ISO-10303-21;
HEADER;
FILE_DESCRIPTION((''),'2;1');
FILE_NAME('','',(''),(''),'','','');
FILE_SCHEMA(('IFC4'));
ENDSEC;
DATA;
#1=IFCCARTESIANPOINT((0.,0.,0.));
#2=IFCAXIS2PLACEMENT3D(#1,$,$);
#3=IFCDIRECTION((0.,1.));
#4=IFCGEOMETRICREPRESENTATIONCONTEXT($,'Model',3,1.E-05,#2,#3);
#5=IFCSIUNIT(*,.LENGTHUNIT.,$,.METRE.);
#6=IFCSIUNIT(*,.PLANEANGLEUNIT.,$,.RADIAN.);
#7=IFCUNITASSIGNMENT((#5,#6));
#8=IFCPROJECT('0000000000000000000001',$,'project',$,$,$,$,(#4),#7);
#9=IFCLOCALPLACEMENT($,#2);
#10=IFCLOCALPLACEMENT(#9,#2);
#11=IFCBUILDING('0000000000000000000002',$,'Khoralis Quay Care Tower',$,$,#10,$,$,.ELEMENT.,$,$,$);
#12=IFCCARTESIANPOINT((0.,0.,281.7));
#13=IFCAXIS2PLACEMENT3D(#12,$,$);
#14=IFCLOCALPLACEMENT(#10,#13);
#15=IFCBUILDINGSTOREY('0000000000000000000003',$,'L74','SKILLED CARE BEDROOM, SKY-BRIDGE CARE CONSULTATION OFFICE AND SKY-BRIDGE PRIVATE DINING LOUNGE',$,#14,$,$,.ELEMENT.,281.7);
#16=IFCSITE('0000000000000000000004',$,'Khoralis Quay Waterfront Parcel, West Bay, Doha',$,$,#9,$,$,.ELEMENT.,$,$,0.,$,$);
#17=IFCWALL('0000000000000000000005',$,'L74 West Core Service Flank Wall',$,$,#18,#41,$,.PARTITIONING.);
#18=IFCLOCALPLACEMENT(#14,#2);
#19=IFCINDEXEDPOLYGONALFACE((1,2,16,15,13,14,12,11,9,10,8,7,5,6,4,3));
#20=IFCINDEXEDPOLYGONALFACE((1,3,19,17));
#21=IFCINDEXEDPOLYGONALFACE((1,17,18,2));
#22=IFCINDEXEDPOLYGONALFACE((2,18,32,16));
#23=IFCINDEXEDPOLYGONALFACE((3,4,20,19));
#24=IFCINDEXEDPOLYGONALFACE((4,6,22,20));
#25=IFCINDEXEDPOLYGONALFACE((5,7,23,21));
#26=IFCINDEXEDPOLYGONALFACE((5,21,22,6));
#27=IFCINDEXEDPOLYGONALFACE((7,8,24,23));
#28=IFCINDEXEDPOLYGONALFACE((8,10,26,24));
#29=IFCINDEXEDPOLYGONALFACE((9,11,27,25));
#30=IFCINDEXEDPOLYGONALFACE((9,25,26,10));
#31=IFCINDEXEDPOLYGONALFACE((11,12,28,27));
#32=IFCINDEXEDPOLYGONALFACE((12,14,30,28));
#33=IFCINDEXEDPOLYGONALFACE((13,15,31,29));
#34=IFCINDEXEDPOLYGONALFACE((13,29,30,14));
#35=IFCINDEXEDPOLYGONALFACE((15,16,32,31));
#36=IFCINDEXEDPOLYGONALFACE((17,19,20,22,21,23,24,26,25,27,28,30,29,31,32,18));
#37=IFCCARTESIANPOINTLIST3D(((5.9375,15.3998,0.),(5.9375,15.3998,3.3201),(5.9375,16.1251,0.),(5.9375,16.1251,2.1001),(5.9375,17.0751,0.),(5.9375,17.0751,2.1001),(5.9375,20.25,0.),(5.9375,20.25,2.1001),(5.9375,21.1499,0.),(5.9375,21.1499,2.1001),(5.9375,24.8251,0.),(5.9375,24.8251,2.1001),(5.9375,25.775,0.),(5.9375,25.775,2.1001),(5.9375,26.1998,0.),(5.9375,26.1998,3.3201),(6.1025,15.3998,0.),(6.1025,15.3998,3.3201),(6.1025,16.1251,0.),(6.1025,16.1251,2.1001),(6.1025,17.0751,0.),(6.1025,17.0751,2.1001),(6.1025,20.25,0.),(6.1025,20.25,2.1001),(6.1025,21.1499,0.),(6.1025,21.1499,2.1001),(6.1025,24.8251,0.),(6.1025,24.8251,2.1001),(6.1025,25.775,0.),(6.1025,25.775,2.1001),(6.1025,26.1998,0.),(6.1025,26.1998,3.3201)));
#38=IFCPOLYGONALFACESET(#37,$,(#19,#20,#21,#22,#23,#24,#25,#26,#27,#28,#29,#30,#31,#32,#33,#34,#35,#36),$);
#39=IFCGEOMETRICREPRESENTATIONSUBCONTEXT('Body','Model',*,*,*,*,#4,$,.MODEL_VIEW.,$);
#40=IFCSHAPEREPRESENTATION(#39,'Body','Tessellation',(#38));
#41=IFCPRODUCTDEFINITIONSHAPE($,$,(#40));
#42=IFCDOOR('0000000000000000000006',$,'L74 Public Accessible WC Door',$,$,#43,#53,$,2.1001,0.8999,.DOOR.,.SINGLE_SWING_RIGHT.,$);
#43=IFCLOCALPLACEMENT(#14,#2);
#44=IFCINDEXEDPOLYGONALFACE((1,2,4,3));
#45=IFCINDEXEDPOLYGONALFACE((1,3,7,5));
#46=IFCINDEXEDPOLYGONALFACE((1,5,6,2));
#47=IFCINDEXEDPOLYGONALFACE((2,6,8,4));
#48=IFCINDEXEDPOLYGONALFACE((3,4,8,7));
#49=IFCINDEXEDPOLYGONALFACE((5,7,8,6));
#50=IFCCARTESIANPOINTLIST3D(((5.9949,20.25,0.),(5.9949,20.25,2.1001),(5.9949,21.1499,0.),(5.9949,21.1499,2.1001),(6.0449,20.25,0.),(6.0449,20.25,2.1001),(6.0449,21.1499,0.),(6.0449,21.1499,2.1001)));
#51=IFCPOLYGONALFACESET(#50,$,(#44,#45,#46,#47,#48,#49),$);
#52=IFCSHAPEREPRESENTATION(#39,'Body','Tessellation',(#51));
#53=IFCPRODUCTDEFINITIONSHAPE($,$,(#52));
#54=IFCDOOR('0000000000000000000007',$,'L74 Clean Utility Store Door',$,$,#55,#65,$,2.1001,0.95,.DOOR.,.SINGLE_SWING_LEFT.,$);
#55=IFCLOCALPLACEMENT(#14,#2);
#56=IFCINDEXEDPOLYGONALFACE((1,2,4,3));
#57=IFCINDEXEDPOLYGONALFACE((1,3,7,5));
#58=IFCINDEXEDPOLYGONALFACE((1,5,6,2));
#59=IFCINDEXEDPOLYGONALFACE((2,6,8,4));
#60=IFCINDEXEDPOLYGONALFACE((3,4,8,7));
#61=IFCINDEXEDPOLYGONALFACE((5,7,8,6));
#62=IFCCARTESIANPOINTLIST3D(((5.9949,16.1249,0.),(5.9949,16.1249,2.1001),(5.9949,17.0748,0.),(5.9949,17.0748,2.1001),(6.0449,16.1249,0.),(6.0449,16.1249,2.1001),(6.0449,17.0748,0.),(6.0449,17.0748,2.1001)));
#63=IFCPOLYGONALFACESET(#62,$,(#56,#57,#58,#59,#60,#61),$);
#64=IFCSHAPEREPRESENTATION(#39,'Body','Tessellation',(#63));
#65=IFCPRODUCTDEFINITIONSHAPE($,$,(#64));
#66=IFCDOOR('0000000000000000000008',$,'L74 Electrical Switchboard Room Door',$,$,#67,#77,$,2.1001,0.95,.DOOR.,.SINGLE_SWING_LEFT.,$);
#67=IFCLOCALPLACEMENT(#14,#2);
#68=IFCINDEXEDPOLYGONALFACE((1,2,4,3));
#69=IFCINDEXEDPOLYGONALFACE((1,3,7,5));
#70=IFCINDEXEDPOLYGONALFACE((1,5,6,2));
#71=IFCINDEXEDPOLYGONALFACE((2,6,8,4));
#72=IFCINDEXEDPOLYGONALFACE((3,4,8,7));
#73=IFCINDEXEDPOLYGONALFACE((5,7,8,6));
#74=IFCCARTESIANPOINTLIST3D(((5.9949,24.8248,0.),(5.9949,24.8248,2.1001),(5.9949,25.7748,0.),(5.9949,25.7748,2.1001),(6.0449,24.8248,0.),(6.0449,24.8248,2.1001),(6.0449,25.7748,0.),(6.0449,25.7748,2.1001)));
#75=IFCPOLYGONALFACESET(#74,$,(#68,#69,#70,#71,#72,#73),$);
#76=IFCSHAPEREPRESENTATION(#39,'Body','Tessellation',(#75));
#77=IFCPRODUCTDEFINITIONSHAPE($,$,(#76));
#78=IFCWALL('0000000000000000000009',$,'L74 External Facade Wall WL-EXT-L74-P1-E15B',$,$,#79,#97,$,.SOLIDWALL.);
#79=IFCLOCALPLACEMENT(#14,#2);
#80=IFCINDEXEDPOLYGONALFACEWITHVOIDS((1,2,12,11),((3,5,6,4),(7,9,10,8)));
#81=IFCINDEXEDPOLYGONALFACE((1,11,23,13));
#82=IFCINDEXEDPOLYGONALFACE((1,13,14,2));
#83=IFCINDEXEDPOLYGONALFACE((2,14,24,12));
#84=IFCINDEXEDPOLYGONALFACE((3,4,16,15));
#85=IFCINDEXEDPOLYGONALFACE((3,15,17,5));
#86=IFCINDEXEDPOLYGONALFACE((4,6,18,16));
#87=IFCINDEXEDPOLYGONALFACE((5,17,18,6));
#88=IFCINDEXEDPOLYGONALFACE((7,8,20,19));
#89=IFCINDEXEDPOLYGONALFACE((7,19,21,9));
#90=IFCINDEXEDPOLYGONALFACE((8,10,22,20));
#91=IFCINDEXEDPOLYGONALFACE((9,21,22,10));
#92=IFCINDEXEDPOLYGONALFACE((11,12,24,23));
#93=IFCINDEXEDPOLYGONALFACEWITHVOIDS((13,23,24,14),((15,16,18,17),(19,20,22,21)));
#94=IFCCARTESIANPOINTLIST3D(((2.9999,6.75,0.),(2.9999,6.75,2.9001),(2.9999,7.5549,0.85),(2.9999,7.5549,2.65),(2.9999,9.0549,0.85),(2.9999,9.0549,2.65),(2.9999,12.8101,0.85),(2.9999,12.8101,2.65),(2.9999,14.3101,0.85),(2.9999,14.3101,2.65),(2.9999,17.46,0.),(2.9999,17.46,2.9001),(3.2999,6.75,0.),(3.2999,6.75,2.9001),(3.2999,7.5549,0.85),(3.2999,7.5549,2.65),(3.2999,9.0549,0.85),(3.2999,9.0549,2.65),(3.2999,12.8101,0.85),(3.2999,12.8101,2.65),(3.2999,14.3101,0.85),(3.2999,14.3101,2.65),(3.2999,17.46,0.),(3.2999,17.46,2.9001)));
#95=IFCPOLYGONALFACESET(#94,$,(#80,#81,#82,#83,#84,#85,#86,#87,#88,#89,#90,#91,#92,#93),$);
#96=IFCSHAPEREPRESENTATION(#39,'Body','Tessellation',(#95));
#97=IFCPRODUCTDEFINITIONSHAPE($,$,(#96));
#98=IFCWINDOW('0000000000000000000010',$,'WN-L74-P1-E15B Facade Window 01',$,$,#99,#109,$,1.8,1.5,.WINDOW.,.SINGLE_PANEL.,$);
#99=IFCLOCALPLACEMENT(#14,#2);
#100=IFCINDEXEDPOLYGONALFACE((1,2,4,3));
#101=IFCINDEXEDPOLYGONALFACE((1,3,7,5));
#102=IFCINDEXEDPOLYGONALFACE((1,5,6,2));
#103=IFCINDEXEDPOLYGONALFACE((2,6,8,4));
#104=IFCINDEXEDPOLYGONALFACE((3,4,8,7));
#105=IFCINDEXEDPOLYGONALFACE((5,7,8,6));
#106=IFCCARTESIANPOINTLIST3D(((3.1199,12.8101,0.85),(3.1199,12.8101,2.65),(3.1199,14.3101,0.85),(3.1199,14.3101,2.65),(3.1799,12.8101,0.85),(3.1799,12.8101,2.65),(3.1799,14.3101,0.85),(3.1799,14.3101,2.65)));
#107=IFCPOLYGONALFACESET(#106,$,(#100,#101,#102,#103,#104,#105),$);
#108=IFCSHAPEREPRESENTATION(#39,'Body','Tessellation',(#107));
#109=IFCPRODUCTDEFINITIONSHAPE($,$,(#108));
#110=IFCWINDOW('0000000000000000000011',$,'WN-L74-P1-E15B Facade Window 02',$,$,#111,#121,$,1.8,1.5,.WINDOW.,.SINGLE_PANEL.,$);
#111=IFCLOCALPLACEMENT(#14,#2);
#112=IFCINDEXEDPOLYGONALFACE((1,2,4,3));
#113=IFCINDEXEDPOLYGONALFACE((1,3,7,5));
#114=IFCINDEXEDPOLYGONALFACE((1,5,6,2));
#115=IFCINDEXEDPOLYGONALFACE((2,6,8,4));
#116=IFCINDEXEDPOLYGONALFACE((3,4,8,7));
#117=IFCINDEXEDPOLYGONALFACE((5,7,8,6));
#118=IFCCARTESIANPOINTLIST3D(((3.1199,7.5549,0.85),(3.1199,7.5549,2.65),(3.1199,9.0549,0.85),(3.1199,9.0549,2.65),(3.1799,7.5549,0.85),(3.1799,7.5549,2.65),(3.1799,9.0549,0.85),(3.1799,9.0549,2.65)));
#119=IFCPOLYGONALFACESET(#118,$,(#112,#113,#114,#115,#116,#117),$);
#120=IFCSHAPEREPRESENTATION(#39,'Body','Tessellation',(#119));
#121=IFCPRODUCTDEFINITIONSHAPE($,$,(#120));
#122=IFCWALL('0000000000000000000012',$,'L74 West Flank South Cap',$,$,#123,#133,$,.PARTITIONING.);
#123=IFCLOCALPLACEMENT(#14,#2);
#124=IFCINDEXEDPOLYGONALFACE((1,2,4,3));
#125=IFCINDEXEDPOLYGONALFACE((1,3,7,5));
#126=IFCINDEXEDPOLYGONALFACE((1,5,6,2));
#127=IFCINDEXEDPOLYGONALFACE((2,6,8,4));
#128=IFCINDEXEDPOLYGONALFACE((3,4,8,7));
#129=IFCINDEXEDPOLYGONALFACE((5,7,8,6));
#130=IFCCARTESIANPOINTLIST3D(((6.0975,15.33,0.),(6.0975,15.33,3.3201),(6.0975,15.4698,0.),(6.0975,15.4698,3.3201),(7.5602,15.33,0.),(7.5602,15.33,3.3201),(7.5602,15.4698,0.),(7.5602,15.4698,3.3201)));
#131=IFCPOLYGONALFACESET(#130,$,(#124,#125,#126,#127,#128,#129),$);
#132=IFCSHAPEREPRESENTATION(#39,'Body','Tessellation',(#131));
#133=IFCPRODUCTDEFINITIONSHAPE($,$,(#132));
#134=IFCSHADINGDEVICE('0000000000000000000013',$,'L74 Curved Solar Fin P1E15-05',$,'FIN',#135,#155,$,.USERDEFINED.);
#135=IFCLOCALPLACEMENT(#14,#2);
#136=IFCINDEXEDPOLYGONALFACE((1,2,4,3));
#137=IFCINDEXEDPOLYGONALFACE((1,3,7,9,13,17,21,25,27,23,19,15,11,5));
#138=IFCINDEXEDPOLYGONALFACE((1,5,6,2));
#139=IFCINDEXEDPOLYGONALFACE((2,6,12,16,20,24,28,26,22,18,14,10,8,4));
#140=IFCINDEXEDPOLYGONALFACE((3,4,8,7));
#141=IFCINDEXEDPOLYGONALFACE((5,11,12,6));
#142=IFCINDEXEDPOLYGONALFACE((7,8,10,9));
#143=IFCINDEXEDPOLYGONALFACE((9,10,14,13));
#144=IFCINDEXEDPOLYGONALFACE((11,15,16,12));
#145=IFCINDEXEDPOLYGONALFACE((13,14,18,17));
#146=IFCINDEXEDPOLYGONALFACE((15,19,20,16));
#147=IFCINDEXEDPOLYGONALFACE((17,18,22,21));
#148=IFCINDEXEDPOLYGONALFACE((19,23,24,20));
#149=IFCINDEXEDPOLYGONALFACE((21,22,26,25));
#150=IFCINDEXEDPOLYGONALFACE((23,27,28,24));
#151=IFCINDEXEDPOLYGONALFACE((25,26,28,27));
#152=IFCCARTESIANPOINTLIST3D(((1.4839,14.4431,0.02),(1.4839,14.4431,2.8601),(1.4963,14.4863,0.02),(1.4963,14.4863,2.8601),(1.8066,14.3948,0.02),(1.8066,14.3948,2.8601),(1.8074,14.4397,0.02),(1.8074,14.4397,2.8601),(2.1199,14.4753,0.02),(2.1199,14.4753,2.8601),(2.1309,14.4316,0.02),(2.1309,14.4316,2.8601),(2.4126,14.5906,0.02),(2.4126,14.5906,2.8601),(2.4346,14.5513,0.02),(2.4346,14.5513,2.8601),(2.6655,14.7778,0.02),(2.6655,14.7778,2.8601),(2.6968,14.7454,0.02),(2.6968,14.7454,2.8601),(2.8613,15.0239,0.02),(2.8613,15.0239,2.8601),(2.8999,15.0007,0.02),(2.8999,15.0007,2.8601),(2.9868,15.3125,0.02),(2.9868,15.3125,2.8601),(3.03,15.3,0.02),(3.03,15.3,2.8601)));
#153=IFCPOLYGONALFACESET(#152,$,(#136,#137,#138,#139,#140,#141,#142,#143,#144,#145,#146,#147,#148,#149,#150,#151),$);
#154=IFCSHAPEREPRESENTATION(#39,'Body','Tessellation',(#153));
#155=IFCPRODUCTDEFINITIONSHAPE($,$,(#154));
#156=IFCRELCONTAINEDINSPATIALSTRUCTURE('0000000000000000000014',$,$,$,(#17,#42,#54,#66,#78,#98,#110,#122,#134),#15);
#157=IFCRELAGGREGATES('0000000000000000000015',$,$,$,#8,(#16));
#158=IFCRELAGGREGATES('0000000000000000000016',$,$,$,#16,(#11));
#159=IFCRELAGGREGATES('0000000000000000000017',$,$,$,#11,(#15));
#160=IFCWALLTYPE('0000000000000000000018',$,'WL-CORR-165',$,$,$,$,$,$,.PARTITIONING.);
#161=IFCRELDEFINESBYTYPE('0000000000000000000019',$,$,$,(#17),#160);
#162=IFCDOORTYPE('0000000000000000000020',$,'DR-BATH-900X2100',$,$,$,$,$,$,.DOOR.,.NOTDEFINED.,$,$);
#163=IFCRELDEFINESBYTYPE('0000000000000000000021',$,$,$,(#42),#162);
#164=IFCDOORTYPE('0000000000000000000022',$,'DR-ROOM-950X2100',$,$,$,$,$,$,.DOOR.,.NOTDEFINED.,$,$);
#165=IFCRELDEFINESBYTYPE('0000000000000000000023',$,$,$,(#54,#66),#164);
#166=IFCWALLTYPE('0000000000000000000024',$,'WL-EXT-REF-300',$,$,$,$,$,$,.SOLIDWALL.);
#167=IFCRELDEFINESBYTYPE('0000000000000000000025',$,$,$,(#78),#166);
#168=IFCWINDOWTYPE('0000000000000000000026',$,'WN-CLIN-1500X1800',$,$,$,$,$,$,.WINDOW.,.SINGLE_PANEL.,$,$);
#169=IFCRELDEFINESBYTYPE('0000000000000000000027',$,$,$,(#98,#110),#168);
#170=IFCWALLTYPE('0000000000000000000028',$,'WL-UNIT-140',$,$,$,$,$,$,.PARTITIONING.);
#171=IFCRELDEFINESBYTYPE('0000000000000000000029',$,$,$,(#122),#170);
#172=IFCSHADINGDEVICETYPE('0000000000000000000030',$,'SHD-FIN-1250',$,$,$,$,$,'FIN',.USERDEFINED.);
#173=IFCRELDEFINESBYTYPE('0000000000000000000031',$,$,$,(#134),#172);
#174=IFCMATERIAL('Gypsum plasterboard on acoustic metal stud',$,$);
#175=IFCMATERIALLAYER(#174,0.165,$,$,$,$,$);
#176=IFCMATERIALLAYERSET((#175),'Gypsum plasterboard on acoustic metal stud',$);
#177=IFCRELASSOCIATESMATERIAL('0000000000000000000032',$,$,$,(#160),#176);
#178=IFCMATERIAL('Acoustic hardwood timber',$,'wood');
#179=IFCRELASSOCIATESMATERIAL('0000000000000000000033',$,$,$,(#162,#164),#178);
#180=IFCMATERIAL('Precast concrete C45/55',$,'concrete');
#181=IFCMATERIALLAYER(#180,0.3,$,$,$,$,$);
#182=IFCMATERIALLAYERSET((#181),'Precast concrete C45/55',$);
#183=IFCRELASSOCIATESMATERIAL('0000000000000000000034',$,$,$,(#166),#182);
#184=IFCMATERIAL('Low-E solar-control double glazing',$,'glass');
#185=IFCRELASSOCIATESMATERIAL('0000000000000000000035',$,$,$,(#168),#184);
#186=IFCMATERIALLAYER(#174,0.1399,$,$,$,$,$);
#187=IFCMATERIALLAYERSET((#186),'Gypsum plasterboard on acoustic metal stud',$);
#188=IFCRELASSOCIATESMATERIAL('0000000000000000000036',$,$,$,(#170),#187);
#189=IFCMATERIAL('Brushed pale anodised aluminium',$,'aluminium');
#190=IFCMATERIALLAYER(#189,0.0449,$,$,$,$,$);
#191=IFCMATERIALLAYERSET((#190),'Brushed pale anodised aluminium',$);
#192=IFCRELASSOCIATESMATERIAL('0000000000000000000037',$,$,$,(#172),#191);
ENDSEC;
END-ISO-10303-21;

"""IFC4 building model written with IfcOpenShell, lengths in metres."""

from ifc_helpers import new_model, si_unit, direction, frame, frame_2d, origin, place, context, subcontext, project, spatial, polyline, rectangle, outline, extrude, source, transform, mapped, material, layer, layer_set, type_object, element, fill, save


model = new_model("IFC4")

# Units and contexts
model_context = context("Model", 3, precision=1e-05, world=origin(), true_north=direction((0.0, 1.0)))
body_context = subcontext(model_context, "Body", "Model", "MODEL_VIEW")
ifc_project = project(units=[si_unit("LENGTHUNIT", "METRE"), si_unit("PLANEANGLEUNIT", "RADIAN")], contexts=[model_context])

# Site, building, storey
site_placement = place(None, origin())
site = spatial("IfcSite", under=ifc_project, at=site_placement, Name="Khoralis Quay Waterfront Parcel, West Bay, Doha", CompositionType="ELEMENT", RefElevation=0.0)
building_placement = place(site_placement, origin())
building = spatial("IfcBuilding", under=site, at=building_placement, Name="Khoralis Quay Care Tower", CompositionType="ELEMENT")
storey_placement = place(building_placement, frame((0.0, 0.0, 281.7)))
storey = spatial("IfcBuildingStorey", under=building, at=storey_placement, Name="L74", Description="SKILLED CARE BEDROOM, SKY-BRIDGE CARE CONSULTATION OFFICE AND SKY-BRIDGE PRIVATE DINING LOUNGE", CompositionType="ELEMENT", Elevation=281.7)

# Shared definitions
ifc_material_1 = material(Name="Low-E solar-control double glazing", Category="glass")

# Wall, openings, doors
ifc_material_2 = material(Name="Gypsum plasterboard on acoustic metal stud")
ifc_layer_1 = layer(ifc_material_2, 0.165)
ifc_layer_set_1 = layer_set([ifc_layer_1], Name="Gypsum plasterboard on acoustic metal stud")
wall_type_1 = type_object("IfcWallType", Name="WL-CORR-165", PredefinedType="PARTITIONING", material=ifc_layer_set_1)
wall_1_placement = place(storey_placement, frame((6.02, 15.3999, 0.0), z_axis=(0.0, 0.0, 1.0), x_axis=(0.0, 1.0, 0.0)))
wall_1 = element("IfcWall", 1, at=wall_1_placement, inside=storey, type_object=wall_type_1, Name="L74 West Core Service Flank Wall", PredefinedType="PARTITIONING", context=body_context, shape_type="SweptSolid", body=[
    extrude(rectangle(XDim=10.8, YDim=0.165, at=frame_2d((5.3999, 0.0))), origin(), (0.0, 0.0, 1.0), 3.3201),
])
opening_1_placement = place(wall_1_placement, frame((0.7251, 0.0, 0.0)))
opening_1 = element("IfcOpeningElement", 2, at=opening_1_placement, cuts=wall_1, PredefinedType="OPENING", context=body_context, shape_type="SweptSolid", body=[
    extrude(rectangle(XDim=0.95, YDim=2.1001, at=frame_2d((0.4751, 1.05))), frame((0.0, 0.0925, 0.0), z_axis=(0.0, -1.0, 0.0), x_axis=(1.0, 0.0, 0.0)), (0.0, 0.0, 1.0), 0.1851),
])
opening_2_placement = place(wall_1_placement, frame((4.8501, 0.0, 0.0)))
opening_2 = element("IfcOpeningElement", 3, at=opening_2_placement, cuts=wall_1, PredefinedType="OPENING", context=body_context, shape_type="SweptSolid", body=[
    extrude(rectangle(XDim=0.8999, YDim=2.1001, at=frame_2d((0.45, 1.05))), frame((0.0, 0.0925, 0.0), z_axis=(0.0, -1.0, 0.0), x_axis=(1.0, 0.0, 0.0)), (0.0, 0.0, 1.0), 0.1851),
])
opening_3_placement = place(wall_1_placement, frame((9.425, 0.0, 0.0)))
opening_3 = element("IfcOpeningElement", 4, at=opening_3_placement, cuts=wall_1, PredefinedType="OPENING", context=body_context, shape_type="SweptSolid", body=[
    extrude(rectangle(XDim=0.95, YDim=2.1001, at=frame_2d((0.4751, 1.05))), frame((0.0, 0.0925, 0.0), z_axis=(0.0, -1.0, 0.0), x_axis=(1.0, 0.0, 0.0)), (0.0, 0.0, 1.0), 0.1851),
])
ifc_material_3 = material(Name="Acoustic hardwood timber", Category="wood")
door_type_1 = type_object("IfcDoorType", Name="DR-BATH-900X2100", OperationType="NOTDEFINED", PredefinedType="DOOR", material=ifc_material_3)
shared_shape_1 = source(origin(), body_context, "Body", "SweptSolid", [
    extrude(rectangle(XDim=0.8999, YDim=2.1001, at=frame_2d((0.45, 1.05))), frame((0.0, 0.0249, 0.0), z_axis=(0.0, -1.0, 0.0), x_axis=(1.0, 0.0, 0.0)), (0.0, 0.0, 1.0), 0.05),
])
door_1_placement = place(opening_2_placement, frame((0.8999, 0.0, 0.0), z_axis=(0.0, 0.0, 1.0), x_axis=(-1.0, 0.0, 0.0)))
door_1 = element("IfcDoor", 5, at=door_1_placement, inside=storey, type_object=door_type_1, Name="L74 Public Accessible WC Door", OperationType="SINGLE_SWING_RIGHT", OverallHeight=2.1001, OverallWidth=0.8999, PredefinedType="DOOR", context=body_context, shape_type="MappedRepresentation", body=[
    mapped(shared_shape_1, transform((0.0, 0.0, 0.0), scale=1.0)),
])
fill(opening_2, door_1)
door_type_2 = type_object("IfcDoorType", Name="DR-ROOM-950X2100", OperationType="NOTDEFINED", PredefinedType="DOOR", material=ifc_material_3)
shared_shape_2 = source(origin(), body_context, "Body", "SweptSolid", [
    extrude(rectangle(XDim=0.95, YDim=2.1001, at=frame_2d((0.4751, 1.05))), frame((0.0, 0.0249, 0.0), z_axis=(0.0, -1.0, 0.0), x_axis=(1.0, 0.0, 0.0)), (0.0, 0.0, 1.0), 0.05),
])
door_2_placement = place(opening_1_placement, frame((0.95, 0.0, 0.0), z_axis=(0.0, 0.0, 1.0), x_axis=(-1.0, 0.0, 0.0)))
door_2 = element("IfcDoor", 6, at=door_2_placement, inside=storey, type_object=door_type_2, Name="L74 Clean Utility Store Door", OperationType="SINGLE_SWING_LEFT", OverallHeight=2.1001, OverallWidth=0.95, PredefinedType="DOOR", context=body_context, shape_type="MappedRepresentation", body=[
    mapped(shared_shape_2, transform((0.0, 0.0, 0.0), scale=1.0)),
])
fill(opening_1, door_2)
door_3_placement = place(opening_3_placement, frame((0.95, 0.0, 0.0), z_axis=(0.0, 0.0, 1.0), x_axis=(-1.0, 0.0, 0.0)))
door_3 = element("IfcDoor", 7, at=door_3_placement, inside=storey, type_object=door_type_2, Name="L74 Electrical Switchboard Room Door", OperationType="SINGLE_SWING_LEFT", OverallHeight=2.1001, OverallWidth=0.95, PredefinedType="DOOR", context=body_context, shape_type="MappedRepresentation", body=[
    mapped(shared_shape_2, transform((0.0, 0.0, 0.0), scale=1.0)),
])
fill(opening_3, door_3)

# Wall, openings, windows
ifc_material_4 = material(Name="Precast concrete C45/55", Category="concrete")
ifc_layer_2 = layer(ifc_material_4, 0.3)
ifc_layer_set_2 = layer_set([ifc_layer_2], Name="Precast concrete C45/55")
wall_type_2 = type_object("IfcWallType", Name="WL-EXT-REF-300", PredefinedType="SOLIDWALL", material=ifc_layer_set_2)
wall_2_placement = place(storey_placement, frame((3.1499, 17.46, 0.0), z_axis=(0.0, 0.0, 1.0), x_axis=(0.0, -1.0, 0.0)))
wall_2 = element("IfcWall", 8, at=wall_2_placement, inside=storey, type_object=wall_type_2, Name="L74 External Facade Wall WL-EXT-L74-P1-E15B", PredefinedType="SOLIDWALL", context=body_context, shape_type="SweptSolid", body=[
    extrude(rectangle(XDim=10.71, YDim=0.3, at=frame_2d((5.355, 0.0))), origin(), (0.0, 0.0, 1.0), 2.9001),
])
opening_4_placement = place(wall_2_placement, frame((3.1499, 0.0, 0.8501)))
opening_4 = element("IfcOpeningElement", 9, at=opening_4_placement, cuts=wall_2, PredefinedType="OPENING", context=body_context, shape_type="SweptSolid", body=[
    extrude(rectangle(XDim=1.5, YDim=1.8, at=frame_2d((0.75, 0.8999))), frame((0.0, 0.1602, 0.0), z_axis=(0.0, -1.0, 0.0), x_axis=(1.0, 0.0, 0.0)), (0.0, 0.0, 1.0), 0.3201),
])
opening_5_placement = place(wall_2_placement, frame((8.405, 0.0, 0.8501)))
opening_5 = element("IfcOpeningElement", 10, at=opening_5_placement, cuts=wall_2, PredefinedType="OPENING", context=body_context, shape_type="SweptSolid", body=[
    extrude(rectangle(XDim=1.5, YDim=1.8, at=frame_2d((0.75, 0.8999))), frame((0.0, 0.1602, 0.0), z_axis=(0.0, -1.0, 0.0), x_axis=(1.0, 0.0, 0.0)), (0.0, 0.0, 1.0), 0.3201),
])
window_type = type_object("IfcWindowType", Name="WN-CLIN-1500X1800", PartitioningType="SINGLE_PANEL", PredefinedType="WINDOW", material=ifc_material_1)
shared_shape_3 = source(origin(), body_context, "Body", "SweptSolid", [
    extrude(rectangle(XDim=1.5, YDim=1.8, at=frame_2d((0.75, 0.8999))), frame((0.0, 0.03, 0.0), z_axis=(0.0, -1.0, 0.0), x_axis=(1.0, 0.0, 0.0)), (0.0, 0.0, 1.0), 0.0601),
])
window_1_placement = place(opening_4_placement, origin())
window_1 = element("IfcWindow", 11, at=window_1_placement, inside=storey, type_object=window_type, Name="WN-L74-P1-E15B Facade Window 01", OverallHeight=1.8, OverallWidth=1.5, PartitioningType="SINGLE_PANEL", PredefinedType="WINDOW", context=body_context, shape_type="MappedRepresentation", body=[
    mapped(shared_shape_3, transform((0.0, 0.0, 0.0), scale=1.0)),
])
fill(opening_4, window_1)
window_2_placement = place(opening_5_placement, origin())
window_2 = element("IfcWindow", 12, at=window_2_placement, inside=storey, type_object=window_type, Name="WN-L74-P1-E15B Facade Window 02", OverallHeight=1.8, OverallWidth=1.5, PartitioningType="SINGLE_PANEL", PredefinedType="WINDOW", context=body_context, shape_type="MappedRepresentation", body=[
    mapped(shared_shape_3, transform((0.0, 0.0, 0.0), scale=1.0)),
])
fill(opening_5, window_2)

# Wall
ifc_layer_3 = layer(ifc_material_2, 0.1399)
ifc_layer_set_3 = layer_set([ifc_layer_3], Name="Gypsum plasterboard on acoustic metal stud")
wall_type_3 = type_object("IfcWallType", Name="WL-UNIT-140", PredefinedType="PARTITIONING", material=ifc_layer_set_3)
wall_3_placement = place(storey_placement, frame((6.0974, 15.3999, 0.0), z_axis=(0.0, 0.0, 1.0), x_axis=(1.0, 0.0, 0.0)))
element("IfcWall", 13, at=wall_3_placement, inside=storey, type_object=wall_type_3, Name="L74 West Flank South Cap", PredefinedType="PARTITIONING", context=body_context, shape_type="SweptSolid", body=[
    extrude(rectangle(XDim=1.4626, YDim=0.1399, at=frame_2d((0.7314, 0.0))), origin(), (0.0, 0.0, 1.0), 3.3201),
])

# Shading device
ifc_material_5 = material(Name="Brushed pale anodised aluminium", Category="aluminium")
ifc_layer_4 = layer(ifc_material_5, 0.0449)
ifc_layer_set_4 = layer_set([ifc_layer_4], Name="Brushed pale anodised aluminium")
shading_device_type = type_object("IfcShadingDeviceType", Name="SHD-FIN-1250", ElementType="FIN", PredefinedType="USERDEFINED", material=ifc_layer_set_4)
shared_shape_4 = source(origin(), body_context, "Body", "SweptSolid", [
    extrude(outline(polyline([(0.0, 0.0), (0.1301, 0.2993), (0.3333, 0.5547), (0.5955, 0.7488), (0.8992, 0.8684), (1.2234, 0.9053), (1.5461, 0.8569), (1.5337, 0.8137), (1.2227, 0.8604), (0.9102, 0.8247), (0.6174, 0.7095), (0.3645, 0.5222), (0.1687, 0.2761), (0.0432, -0.0125), (0.0, 0.0)])), origin(), (0.0, 0.0, 1.0), 2.8401),
])
shading_device_placement = place(storey_placement, frame((3.03, 15.3, 0.02), z_axis=(0.0, 0.0, 1.0), x_axis=(-1.0, 0.0, 0.0)))
element("IfcShadingDevice", 14, at=shading_device_placement, inside=storey, type_object=shading_device_type, Name="L74 Curved Solar Fin P1E15-05", ObjectType="FIN", PredefinedType="USERDEFINED", context=body_context, shape_type="MappedRepresentation", body=[
    mapped(shared_shape_4, transform((0.0, 0.0, 0.0), scale=1.0)),
])

save(model, "model.ifc")
